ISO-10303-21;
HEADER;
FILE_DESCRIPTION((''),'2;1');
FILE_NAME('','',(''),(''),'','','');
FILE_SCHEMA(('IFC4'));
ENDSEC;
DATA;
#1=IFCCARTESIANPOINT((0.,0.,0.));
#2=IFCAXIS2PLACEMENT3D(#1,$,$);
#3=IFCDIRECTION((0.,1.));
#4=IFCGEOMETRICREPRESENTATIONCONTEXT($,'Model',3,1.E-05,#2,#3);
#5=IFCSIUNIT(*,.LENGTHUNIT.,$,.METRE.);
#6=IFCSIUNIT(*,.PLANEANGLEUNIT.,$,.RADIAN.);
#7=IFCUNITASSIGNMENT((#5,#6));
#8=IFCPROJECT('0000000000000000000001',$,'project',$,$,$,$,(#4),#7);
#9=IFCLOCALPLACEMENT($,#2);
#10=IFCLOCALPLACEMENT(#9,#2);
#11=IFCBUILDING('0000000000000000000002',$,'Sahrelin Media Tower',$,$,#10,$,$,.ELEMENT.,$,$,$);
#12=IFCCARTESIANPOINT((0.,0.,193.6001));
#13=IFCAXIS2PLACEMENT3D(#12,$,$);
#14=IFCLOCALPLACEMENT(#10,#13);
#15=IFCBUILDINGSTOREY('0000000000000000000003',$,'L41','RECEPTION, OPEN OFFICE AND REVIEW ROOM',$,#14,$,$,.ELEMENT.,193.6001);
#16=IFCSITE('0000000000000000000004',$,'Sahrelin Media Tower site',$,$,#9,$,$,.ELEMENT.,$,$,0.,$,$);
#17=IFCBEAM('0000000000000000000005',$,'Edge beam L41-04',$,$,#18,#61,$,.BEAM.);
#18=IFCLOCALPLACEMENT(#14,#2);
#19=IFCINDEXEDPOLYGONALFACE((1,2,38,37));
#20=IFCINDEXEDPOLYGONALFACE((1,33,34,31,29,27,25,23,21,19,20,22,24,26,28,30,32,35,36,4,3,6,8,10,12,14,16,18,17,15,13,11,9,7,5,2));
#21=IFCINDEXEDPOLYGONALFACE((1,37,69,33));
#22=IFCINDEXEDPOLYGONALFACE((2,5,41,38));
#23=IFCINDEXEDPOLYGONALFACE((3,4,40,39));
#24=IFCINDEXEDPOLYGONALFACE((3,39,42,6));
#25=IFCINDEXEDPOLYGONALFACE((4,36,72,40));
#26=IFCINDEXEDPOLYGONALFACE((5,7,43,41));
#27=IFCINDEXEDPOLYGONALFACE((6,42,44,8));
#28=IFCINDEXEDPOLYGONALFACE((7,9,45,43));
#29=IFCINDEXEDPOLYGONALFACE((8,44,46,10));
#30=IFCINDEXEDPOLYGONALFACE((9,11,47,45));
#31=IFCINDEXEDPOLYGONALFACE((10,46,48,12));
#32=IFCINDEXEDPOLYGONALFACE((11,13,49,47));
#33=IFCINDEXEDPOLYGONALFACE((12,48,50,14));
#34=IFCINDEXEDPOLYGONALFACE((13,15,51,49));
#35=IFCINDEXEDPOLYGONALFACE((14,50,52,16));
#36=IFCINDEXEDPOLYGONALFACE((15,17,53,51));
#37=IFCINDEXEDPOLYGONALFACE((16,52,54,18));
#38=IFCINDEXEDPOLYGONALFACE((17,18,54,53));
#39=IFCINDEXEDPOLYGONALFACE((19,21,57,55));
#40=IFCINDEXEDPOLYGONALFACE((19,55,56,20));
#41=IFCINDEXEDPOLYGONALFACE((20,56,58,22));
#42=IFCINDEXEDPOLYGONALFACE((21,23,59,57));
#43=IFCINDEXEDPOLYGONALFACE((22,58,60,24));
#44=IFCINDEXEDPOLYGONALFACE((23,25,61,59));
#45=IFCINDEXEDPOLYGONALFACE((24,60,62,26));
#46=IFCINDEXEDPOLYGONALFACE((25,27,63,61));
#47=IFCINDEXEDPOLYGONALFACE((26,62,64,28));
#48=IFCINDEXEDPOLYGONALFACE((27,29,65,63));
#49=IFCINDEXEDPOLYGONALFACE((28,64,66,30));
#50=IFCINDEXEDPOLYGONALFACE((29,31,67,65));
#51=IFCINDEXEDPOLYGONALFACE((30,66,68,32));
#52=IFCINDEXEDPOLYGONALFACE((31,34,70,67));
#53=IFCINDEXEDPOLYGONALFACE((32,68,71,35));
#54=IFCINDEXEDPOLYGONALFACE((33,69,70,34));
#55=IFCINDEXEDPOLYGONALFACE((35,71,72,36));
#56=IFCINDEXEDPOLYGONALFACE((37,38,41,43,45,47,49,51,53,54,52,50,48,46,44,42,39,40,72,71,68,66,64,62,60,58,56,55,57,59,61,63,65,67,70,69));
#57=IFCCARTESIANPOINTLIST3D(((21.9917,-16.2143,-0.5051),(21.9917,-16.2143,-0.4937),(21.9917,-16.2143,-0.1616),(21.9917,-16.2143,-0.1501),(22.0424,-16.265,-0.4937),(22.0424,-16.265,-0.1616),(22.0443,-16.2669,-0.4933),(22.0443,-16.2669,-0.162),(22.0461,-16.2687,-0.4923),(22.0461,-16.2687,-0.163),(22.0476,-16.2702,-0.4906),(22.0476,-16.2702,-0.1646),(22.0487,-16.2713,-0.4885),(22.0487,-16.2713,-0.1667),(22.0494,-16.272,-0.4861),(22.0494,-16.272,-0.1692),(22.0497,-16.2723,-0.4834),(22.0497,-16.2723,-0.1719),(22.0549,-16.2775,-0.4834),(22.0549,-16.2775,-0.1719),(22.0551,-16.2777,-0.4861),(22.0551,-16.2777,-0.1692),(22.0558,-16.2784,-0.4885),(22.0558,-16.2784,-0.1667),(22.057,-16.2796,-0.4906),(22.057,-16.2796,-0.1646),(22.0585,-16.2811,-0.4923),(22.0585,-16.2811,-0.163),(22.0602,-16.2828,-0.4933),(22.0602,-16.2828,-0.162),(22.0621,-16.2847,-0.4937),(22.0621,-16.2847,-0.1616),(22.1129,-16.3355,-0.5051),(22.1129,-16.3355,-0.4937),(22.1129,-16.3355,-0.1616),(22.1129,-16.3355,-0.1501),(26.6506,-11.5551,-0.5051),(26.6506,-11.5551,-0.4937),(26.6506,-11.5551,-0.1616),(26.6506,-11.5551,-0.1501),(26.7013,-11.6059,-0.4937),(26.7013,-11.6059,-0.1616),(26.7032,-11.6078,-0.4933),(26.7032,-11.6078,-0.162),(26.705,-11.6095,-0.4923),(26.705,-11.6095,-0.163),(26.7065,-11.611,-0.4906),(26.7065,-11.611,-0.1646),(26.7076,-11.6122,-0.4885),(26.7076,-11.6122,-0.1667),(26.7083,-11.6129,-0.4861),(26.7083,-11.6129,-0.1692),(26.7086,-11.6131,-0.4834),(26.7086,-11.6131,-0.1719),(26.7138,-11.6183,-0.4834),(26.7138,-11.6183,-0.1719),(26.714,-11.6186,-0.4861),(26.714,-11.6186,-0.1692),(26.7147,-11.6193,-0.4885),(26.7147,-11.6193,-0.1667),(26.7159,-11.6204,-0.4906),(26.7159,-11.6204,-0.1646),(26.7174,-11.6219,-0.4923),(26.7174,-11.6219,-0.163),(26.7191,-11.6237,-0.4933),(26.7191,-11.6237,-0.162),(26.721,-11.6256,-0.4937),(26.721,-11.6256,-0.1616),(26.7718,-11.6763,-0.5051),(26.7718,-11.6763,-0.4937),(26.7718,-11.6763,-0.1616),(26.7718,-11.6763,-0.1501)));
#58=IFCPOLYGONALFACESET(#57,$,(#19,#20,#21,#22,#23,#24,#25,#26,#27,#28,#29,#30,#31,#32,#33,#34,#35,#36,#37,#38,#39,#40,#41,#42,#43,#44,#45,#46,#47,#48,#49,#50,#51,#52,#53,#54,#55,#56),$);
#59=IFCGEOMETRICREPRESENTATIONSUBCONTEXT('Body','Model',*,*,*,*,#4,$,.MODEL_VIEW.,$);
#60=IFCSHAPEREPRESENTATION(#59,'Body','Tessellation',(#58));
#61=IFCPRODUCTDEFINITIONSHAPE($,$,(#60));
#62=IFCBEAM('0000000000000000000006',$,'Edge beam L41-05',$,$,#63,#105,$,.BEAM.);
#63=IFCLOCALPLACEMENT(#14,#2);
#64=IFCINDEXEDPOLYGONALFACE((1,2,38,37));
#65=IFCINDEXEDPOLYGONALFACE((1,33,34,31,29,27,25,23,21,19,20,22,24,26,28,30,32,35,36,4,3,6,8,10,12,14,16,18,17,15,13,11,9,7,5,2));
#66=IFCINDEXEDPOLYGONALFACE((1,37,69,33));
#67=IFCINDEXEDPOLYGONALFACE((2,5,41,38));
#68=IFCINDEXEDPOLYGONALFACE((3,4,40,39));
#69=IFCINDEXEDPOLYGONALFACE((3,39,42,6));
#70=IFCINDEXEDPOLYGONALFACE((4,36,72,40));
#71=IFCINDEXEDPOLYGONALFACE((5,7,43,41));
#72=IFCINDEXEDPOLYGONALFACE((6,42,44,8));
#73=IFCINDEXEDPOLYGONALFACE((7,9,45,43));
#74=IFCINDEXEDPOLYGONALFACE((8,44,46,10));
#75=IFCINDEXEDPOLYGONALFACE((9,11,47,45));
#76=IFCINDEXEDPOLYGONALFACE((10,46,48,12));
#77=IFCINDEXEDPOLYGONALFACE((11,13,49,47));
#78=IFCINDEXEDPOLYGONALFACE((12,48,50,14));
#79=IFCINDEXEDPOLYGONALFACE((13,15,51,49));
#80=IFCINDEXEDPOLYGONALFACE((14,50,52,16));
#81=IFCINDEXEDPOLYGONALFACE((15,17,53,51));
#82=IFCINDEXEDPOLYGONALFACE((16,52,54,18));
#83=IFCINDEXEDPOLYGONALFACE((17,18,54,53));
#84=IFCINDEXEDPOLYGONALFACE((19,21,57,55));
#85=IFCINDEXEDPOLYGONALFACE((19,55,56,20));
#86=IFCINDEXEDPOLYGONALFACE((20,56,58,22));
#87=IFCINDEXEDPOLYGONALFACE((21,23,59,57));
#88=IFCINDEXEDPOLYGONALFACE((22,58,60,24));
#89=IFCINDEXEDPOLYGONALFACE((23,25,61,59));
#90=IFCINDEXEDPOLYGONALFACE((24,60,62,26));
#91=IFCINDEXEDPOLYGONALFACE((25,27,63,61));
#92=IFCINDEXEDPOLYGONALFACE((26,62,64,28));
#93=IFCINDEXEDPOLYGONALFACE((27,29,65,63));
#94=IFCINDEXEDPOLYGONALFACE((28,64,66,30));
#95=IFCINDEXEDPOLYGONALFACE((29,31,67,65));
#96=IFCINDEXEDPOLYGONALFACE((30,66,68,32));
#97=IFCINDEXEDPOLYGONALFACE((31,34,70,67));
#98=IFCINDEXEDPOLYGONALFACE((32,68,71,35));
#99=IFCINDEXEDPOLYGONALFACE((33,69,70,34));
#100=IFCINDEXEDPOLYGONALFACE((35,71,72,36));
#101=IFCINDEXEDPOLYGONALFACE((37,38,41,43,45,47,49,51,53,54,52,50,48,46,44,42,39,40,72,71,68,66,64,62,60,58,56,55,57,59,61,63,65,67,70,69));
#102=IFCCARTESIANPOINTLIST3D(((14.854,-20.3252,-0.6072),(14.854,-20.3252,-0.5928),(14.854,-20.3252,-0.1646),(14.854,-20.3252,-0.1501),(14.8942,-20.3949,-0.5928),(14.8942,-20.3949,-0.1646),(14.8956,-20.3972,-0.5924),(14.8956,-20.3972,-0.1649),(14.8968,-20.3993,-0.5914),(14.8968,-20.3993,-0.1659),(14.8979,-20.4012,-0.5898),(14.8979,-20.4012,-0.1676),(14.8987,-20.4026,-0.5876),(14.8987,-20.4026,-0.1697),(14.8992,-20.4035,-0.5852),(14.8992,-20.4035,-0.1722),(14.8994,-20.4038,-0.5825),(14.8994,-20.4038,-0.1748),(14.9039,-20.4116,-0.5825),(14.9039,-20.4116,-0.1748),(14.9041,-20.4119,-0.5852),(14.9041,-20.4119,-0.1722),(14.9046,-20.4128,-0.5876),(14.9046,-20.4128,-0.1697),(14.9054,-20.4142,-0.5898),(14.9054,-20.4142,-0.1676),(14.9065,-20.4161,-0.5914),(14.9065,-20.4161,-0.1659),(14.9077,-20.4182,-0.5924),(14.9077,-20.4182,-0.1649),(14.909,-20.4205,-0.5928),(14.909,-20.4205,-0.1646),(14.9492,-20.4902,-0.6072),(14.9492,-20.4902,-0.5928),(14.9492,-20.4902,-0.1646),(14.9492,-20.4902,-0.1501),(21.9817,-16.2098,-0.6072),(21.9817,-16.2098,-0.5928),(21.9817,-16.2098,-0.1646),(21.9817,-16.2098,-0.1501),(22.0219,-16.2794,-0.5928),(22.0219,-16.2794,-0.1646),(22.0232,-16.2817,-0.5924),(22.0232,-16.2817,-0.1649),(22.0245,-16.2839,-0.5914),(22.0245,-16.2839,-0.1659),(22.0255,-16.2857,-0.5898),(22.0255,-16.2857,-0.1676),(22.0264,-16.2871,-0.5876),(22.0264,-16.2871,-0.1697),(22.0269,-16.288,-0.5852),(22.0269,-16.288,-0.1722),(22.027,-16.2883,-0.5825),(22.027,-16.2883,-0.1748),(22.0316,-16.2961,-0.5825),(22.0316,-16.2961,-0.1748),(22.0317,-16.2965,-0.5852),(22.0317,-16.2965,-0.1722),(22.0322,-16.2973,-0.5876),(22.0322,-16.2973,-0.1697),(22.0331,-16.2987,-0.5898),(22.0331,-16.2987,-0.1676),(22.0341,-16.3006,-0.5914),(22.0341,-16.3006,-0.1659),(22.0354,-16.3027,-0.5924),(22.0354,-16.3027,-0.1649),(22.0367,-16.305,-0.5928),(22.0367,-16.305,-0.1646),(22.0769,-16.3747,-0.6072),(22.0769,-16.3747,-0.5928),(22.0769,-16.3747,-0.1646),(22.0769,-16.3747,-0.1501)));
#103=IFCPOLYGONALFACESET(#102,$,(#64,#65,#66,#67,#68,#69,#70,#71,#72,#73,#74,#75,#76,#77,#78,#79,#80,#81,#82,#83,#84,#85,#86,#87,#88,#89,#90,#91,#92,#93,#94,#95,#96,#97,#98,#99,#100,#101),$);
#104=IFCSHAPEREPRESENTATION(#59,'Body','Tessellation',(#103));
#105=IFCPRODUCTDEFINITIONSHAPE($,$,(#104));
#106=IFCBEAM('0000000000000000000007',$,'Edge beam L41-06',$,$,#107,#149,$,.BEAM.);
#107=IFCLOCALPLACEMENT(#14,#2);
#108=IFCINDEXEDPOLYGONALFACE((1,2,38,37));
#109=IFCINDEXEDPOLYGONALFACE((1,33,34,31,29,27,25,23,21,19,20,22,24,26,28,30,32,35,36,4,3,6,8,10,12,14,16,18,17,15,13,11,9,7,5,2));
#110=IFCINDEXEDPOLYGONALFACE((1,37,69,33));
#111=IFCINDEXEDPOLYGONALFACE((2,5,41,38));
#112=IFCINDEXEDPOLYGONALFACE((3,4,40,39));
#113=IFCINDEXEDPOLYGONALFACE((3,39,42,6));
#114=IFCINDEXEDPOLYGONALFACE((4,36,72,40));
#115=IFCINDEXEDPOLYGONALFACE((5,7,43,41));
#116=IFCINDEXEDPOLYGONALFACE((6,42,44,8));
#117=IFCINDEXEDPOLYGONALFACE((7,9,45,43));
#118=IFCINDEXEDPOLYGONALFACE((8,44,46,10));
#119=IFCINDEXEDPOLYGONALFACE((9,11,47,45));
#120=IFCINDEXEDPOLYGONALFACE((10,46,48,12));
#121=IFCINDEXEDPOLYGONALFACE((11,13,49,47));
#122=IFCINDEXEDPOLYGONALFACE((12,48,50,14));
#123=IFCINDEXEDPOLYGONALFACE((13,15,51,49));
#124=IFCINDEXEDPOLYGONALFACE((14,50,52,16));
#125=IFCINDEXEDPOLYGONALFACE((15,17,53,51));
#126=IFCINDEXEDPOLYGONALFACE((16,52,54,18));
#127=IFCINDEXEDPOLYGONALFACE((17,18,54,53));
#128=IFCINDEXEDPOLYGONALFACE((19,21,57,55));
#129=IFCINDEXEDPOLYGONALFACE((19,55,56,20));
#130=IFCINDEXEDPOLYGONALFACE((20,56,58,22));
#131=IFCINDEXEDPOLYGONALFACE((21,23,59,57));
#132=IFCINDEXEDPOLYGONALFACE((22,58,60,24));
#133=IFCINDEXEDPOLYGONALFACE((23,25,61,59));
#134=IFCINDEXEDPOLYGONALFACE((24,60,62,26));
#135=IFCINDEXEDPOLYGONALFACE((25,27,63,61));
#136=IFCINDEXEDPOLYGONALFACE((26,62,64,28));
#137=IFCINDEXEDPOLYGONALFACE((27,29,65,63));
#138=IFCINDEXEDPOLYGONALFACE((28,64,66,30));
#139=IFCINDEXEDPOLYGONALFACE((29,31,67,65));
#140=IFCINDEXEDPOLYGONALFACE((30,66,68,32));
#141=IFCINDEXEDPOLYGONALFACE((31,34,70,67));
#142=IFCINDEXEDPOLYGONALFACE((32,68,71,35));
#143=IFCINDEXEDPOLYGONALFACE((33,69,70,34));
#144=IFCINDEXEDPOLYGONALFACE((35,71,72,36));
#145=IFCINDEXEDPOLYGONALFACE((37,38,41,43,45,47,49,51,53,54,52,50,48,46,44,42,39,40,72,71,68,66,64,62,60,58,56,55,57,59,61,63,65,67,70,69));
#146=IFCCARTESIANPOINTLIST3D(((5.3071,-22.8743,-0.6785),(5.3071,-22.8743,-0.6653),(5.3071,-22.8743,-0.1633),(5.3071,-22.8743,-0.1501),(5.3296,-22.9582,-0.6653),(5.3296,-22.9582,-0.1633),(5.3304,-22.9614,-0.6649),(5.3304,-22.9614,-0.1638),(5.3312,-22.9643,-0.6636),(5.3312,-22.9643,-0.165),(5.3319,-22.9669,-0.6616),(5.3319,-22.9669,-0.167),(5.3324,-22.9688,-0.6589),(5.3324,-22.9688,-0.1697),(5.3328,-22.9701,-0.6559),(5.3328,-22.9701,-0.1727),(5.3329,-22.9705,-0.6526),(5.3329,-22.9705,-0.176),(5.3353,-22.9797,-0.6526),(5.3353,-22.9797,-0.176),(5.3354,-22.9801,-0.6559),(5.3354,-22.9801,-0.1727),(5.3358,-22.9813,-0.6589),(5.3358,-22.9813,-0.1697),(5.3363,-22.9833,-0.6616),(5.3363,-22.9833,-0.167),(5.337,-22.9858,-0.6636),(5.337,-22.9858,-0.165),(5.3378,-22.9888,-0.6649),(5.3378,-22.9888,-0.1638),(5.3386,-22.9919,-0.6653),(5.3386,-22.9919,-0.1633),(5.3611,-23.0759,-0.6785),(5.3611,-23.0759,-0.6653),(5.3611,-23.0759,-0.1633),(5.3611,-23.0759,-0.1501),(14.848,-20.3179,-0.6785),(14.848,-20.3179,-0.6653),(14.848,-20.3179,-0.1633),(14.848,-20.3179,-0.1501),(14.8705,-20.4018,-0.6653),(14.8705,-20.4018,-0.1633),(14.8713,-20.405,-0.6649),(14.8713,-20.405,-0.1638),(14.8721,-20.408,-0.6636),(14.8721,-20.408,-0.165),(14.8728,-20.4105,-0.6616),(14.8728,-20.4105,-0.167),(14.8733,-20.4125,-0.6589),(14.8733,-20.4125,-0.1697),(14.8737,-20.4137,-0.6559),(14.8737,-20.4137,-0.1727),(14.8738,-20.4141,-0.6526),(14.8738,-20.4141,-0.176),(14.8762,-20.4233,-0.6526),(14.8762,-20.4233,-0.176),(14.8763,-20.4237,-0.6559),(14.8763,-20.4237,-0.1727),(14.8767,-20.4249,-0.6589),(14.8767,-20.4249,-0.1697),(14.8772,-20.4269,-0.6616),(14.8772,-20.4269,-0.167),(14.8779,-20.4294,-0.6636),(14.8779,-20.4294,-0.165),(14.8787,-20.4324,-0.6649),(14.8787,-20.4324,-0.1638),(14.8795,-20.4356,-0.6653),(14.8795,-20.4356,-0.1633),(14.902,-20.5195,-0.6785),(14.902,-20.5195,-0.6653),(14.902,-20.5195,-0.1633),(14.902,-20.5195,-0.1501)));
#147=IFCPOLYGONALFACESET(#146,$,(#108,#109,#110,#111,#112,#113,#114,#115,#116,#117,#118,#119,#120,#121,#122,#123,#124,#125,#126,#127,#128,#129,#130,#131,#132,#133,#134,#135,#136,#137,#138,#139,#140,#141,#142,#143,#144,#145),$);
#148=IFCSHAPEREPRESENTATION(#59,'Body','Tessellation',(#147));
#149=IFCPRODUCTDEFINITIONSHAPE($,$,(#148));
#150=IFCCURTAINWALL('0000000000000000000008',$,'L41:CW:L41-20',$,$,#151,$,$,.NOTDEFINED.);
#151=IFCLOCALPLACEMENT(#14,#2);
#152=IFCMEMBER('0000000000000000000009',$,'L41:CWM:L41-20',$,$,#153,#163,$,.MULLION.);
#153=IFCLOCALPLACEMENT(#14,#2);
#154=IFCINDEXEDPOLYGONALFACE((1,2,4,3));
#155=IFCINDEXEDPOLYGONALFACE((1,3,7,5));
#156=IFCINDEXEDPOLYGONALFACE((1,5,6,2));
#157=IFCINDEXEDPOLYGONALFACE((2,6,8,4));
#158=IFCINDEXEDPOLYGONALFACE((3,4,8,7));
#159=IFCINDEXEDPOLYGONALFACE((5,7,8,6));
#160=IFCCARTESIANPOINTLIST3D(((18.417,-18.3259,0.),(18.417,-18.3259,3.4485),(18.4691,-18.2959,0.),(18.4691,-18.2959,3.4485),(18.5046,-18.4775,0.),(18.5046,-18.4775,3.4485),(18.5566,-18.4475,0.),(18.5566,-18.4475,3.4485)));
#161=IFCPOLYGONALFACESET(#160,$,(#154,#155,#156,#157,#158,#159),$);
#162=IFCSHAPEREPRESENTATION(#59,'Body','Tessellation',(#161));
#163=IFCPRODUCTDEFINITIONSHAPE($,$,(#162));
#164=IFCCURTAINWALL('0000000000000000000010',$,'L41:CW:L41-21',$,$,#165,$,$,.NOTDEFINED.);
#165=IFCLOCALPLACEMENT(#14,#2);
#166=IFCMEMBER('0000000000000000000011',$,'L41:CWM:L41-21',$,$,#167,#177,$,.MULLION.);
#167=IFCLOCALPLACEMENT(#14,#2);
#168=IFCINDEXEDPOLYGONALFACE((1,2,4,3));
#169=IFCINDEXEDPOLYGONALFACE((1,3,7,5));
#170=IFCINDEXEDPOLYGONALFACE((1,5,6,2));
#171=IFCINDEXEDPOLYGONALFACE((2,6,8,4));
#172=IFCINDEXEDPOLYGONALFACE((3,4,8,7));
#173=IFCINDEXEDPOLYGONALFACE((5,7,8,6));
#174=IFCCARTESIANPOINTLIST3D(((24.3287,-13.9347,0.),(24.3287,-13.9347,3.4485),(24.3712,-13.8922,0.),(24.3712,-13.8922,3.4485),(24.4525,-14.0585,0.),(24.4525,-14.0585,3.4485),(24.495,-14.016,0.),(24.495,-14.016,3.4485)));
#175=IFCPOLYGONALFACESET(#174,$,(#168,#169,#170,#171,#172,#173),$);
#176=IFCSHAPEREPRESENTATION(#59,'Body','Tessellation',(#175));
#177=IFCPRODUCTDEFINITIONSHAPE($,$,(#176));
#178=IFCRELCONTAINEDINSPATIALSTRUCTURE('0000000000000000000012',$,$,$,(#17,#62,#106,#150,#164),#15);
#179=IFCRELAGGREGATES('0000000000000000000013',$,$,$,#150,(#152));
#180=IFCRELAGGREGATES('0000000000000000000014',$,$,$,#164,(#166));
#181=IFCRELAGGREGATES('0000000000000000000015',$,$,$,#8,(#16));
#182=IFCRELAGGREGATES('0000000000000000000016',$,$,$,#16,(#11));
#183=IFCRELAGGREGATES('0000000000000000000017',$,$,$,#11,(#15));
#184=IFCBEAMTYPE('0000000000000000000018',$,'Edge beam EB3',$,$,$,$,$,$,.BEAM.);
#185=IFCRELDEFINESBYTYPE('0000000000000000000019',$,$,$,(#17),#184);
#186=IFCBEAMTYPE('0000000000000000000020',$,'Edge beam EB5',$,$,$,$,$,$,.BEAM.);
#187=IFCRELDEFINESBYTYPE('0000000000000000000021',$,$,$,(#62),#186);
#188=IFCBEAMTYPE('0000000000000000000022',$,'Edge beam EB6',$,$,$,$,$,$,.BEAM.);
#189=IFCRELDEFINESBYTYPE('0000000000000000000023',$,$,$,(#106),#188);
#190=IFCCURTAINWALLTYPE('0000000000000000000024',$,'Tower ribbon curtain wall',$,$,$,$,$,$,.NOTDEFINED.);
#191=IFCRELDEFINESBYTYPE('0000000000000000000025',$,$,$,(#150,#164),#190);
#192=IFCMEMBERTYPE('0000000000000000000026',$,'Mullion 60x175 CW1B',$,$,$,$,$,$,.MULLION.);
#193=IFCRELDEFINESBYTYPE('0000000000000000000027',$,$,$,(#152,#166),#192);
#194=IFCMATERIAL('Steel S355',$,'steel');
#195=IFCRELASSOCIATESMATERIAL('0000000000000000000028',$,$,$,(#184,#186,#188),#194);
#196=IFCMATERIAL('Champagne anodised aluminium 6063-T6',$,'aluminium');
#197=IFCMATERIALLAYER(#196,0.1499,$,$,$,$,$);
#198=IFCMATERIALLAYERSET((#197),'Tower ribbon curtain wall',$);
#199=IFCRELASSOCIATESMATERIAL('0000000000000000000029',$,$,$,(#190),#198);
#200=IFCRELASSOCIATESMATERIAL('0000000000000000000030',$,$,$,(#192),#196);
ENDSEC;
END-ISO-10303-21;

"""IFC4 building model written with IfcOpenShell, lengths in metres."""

from ifc_helpers import new_model, si_unit, direction, frame, origin, origin_2d, place, context, subcontext, project, spatial, rectangle, i_section, extrude, material, layer, layer_set, material_profile, profile_set, type_object, element, aggregate, save


model = new_model("IFC4")

# Units and contexts
model_context = context("Model", 3, precision=1e-05, world=origin(), true_north=direction((0.0, 1.0)))
body_context = subcontext(model_context, "Body", "Model", "MODEL_VIEW")
ifc_project = project(units=[si_unit("LENGTHUNIT", "METRE"), si_unit("PLANEANGLEUNIT", "RADIAN")], contexts=[model_context])

# Site, building, storey
site_placement = place(None, origin())
site = spatial("IfcSite", under=ifc_project, at=site_placement, Name="Sahrelin Media Tower site", CompositionType="ELEMENT", RefElevation=0.0)
building_placement = place(site_placement, origin())
building = spatial("IfcBuilding", under=site, at=building_placement, Name="Sahrelin Media Tower", CompositionType="ELEMENT")
storey_placement = place(building_placement, frame((0.0, 0.0, 193.6001)))
storey = spatial("IfcBuildingStorey", under=building, at=storey_placement, Name="L41", Description="RECEPTION, OPEN OFFICE AND REVIEW ROOM", CompositionType="ELEMENT", Elevation=193.6001)

# Beams
ifc_material_1 = material(Name="Steel S355", Category="steel")
ifc_material_profile_1 = material_profile(ifc_material_1, i_section(OverallWidth=0.1714, OverallDepth=0.355, WebThickness=0.0073, FlangeThickness=0.0115, FilletRadius=0.0103, at=origin_2d()), Name="UB 356x171x51")
ifc_profile_set_1 = profile_set([ifc_material_profile_1], Name="Steel S355")
beam_type_1 = type_object("IfcBeamType", Name="Edge beam EB3", PredefinedType="BEAM", material=ifc_profile_set_1)
beam_1_placement = place(storey_placement, frame((26.7112, -11.6157, -0.3276), z_axis=(-0.707088, -0.707125, 0.0), x_axis=(0.707125, -0.707088, 0.0)))
element("IfcBeam", 1, at=beam_1_placement, inside=storey, type_object=beam_type_1, Name="Edge beam L41-04", PredefinedType="BEAM", context=body_context, shape_type="SweptSolid", body=[
    extrude(i_section(OverallWidth=0.1714, OverallDepth=0.355, WebThickness=0.0073, FlangeThickness=0.0115, FilletRadius=0.0103, at=origin_2d()), origin(), (0.0, 0.0, 1.0), 6.5889),
])
ifc_material_profile_2 = material_profile(ifc_material_1, i_section(OverallWidth=0.1904, OverallDepth=0.457, WebThickness=0.009, FlangeThickness=0.0144, FilletRadius=0.0103, at=origin_2d()), Name="UB 457x191x74")
ifc_profile_set_2 = profile_set([ifc_material_profile_2], Name="Steel S355")
beam_type_2 = type_object("IfcBeamType", Name="Edge beam EB5", PredefinedType="BEAM", material=ifc_profile_set_2)
beam_2_placement = place(storey_placement, frame((22.0293, -16.2922, -0.3787), z_axis=(-0.866009, -0.500028, 0.0), x_axis=(0.500028, -0.866009, 0.0)))
element("IfcBeam", 2, at=beam_2_placement, inside=storey, type_object=beam_type_2, Name="Edge beam L41-05", PredefinedType="BEAM", context=body_context, shape_type="SweptSolid", body=[
    extrude(i_section(OverallWidth=0.1904, OverallDepth=0.457, WebThickness=0.009, FlangeThickness=0.0144, FilletRadius=0.0103, at=origin_2d()), origin(), (0.0, 0.0, 1.0), 8.2305),
])
ifc_material_profile_3 = material_profile(ifc_material_1, i_section(OverallWidth=0.2087, OverallDepth=0.5283, WebThickness=0.0095, FlangeThickness=0.0132, FilletRadius=0.0127, at=origin_2d()), Name="UB 533x210x82")
ifc_profile_set_3 = profile_set([ifc_material_profile_3], Name="Steel S355")
beam_type_3 = type_object("IfcBeamType", Name="Edge beam EB6", PredefinedType="BEAM", material=ifc_profile_set_3)
beam_3_placement = place(storey_placement, frame((14.875, -20.4187, -0.4143), z_axis=(-0.965929, -0.258809, 0.0), x_axis=(0.258809, -0.965929, 0.0)))
element("IfcBeam", 3, at=beam_3_placement, inside=storey, type_object=beam_type_3, Name="Edge beam L41-06", PredefinedType="BEAM", context=body_context, shape_type="SweptSolid", body=[
    extrude(i_section(OverallWidth=0.2087, OverallDepth=0.5283, WebThickness=0.0095, FlangeThickness=0.0132, FilletRadius=0.0127, at=origin_2d()), origin(), (0.0, 0.0, 1.0), 9.8774),
])

# Curtain walls, members
ifc_material_2 = material(Name="Champagne anodised aluminium 6063-T6", Category="aluminium")
ifc_layer_1 = layer(ifc_material_2, 0.1499)
ifc_layer_set_1 = layer_set([ifc_layer_1], Name="Tower ribbon curtain wall")
curtain_wall_type = type_object("IfcCurtainWallType", Name="Tower ribbon curtain wall", PredefinedType="NOTDEFINED", material=ifc_layer_set_1)
curtain_wall_1_placement = place(storey_placement, frame((18.5403, -18.4797, 0.0), z_axis=(0.0, 0.0, 1.0), x_axis=(1.0, 0.0, 0.0)))
curtain_wall_1 = element("IfcCurtainWall", 4, at=curtain_wall_1_placement, inside=storey, type_object=curtain_wall_type, Name="L41:CW:L41-20", PredefinedType="NOTDEFINED")
ifc_material_profile_4 = material_profile(ifc_material_2, rectangle(XDim=0.0601, YDim=0.175, at=origin_2d()), Name="Mullion 60x175")
ifc_profile_set_4 = profile_set([ifc_material_profile_4], Name="Champagne anodised aluminium 6063-T6")
member_type_1 = type_object("IfcMemberType", Name="Mullion 60x175 CW1B", PredefinedType="MULLION", material=ifc_profile_set_4)
member_1_placement = place(storey_placement, frame((18.4868, -18.3867, 0.0), z_axis=(0.0, 0.0, 1.0), x_axis=(0.866024, 0.500003, 0.0)))
member_1 = element("IfcMember", 5, at=member_1_placement, type_object=member_type_1, Name="L41:CWM:L41-20", PredefinedType="MULLION", context=body_context, shape_type="SweptSolid", body=[
    extrude(rectangle(XDim=0.0601, YDim=0.175, at=origin_2d()), origin(), (0.0, 0.0, 1.0), 3.4485),
])
curtain_wall_2_placement = place(storey_placement, frame((24.4878, -14.0513, 0.0), z_axis=(0.0, 0.0, 1.0), x_axis=(1.0, 0.0, 0.0)))
curtain_wall_2 = element("IfcCurtainWall", 6, at=curtain_wall_2_placement, inside=storey, type_object=curtain_wall_type, Name="L41:CW:L41-21", PredefinedType="NOTDEFINED")
member_2_placement = place(storey_placement, frame((24.4119, -13.9753, 0.0), z_axis=(0.0, 0.0, 1.0), x_axis=(0.707107, 0.707107, 0.0)))
member_2 = element("IfcMember", 7, at=member_2_placement, type_object=member_type_1, Name="L41:CWM:L41-21", PredefinedType="MULLION", context=body_context, shape_type="SweptSolid", body=[
    extrude(rectangle(XDim=0.0601, YDim=0.175, at=origin_2d()), origin(), (0.0, 0.0, 1.0), 3.4485),
])

aggregate(curtain_wall_1, [member_1])
aggregate(curtain_wall_2, [member_2])

save(model, "model.ifc")
